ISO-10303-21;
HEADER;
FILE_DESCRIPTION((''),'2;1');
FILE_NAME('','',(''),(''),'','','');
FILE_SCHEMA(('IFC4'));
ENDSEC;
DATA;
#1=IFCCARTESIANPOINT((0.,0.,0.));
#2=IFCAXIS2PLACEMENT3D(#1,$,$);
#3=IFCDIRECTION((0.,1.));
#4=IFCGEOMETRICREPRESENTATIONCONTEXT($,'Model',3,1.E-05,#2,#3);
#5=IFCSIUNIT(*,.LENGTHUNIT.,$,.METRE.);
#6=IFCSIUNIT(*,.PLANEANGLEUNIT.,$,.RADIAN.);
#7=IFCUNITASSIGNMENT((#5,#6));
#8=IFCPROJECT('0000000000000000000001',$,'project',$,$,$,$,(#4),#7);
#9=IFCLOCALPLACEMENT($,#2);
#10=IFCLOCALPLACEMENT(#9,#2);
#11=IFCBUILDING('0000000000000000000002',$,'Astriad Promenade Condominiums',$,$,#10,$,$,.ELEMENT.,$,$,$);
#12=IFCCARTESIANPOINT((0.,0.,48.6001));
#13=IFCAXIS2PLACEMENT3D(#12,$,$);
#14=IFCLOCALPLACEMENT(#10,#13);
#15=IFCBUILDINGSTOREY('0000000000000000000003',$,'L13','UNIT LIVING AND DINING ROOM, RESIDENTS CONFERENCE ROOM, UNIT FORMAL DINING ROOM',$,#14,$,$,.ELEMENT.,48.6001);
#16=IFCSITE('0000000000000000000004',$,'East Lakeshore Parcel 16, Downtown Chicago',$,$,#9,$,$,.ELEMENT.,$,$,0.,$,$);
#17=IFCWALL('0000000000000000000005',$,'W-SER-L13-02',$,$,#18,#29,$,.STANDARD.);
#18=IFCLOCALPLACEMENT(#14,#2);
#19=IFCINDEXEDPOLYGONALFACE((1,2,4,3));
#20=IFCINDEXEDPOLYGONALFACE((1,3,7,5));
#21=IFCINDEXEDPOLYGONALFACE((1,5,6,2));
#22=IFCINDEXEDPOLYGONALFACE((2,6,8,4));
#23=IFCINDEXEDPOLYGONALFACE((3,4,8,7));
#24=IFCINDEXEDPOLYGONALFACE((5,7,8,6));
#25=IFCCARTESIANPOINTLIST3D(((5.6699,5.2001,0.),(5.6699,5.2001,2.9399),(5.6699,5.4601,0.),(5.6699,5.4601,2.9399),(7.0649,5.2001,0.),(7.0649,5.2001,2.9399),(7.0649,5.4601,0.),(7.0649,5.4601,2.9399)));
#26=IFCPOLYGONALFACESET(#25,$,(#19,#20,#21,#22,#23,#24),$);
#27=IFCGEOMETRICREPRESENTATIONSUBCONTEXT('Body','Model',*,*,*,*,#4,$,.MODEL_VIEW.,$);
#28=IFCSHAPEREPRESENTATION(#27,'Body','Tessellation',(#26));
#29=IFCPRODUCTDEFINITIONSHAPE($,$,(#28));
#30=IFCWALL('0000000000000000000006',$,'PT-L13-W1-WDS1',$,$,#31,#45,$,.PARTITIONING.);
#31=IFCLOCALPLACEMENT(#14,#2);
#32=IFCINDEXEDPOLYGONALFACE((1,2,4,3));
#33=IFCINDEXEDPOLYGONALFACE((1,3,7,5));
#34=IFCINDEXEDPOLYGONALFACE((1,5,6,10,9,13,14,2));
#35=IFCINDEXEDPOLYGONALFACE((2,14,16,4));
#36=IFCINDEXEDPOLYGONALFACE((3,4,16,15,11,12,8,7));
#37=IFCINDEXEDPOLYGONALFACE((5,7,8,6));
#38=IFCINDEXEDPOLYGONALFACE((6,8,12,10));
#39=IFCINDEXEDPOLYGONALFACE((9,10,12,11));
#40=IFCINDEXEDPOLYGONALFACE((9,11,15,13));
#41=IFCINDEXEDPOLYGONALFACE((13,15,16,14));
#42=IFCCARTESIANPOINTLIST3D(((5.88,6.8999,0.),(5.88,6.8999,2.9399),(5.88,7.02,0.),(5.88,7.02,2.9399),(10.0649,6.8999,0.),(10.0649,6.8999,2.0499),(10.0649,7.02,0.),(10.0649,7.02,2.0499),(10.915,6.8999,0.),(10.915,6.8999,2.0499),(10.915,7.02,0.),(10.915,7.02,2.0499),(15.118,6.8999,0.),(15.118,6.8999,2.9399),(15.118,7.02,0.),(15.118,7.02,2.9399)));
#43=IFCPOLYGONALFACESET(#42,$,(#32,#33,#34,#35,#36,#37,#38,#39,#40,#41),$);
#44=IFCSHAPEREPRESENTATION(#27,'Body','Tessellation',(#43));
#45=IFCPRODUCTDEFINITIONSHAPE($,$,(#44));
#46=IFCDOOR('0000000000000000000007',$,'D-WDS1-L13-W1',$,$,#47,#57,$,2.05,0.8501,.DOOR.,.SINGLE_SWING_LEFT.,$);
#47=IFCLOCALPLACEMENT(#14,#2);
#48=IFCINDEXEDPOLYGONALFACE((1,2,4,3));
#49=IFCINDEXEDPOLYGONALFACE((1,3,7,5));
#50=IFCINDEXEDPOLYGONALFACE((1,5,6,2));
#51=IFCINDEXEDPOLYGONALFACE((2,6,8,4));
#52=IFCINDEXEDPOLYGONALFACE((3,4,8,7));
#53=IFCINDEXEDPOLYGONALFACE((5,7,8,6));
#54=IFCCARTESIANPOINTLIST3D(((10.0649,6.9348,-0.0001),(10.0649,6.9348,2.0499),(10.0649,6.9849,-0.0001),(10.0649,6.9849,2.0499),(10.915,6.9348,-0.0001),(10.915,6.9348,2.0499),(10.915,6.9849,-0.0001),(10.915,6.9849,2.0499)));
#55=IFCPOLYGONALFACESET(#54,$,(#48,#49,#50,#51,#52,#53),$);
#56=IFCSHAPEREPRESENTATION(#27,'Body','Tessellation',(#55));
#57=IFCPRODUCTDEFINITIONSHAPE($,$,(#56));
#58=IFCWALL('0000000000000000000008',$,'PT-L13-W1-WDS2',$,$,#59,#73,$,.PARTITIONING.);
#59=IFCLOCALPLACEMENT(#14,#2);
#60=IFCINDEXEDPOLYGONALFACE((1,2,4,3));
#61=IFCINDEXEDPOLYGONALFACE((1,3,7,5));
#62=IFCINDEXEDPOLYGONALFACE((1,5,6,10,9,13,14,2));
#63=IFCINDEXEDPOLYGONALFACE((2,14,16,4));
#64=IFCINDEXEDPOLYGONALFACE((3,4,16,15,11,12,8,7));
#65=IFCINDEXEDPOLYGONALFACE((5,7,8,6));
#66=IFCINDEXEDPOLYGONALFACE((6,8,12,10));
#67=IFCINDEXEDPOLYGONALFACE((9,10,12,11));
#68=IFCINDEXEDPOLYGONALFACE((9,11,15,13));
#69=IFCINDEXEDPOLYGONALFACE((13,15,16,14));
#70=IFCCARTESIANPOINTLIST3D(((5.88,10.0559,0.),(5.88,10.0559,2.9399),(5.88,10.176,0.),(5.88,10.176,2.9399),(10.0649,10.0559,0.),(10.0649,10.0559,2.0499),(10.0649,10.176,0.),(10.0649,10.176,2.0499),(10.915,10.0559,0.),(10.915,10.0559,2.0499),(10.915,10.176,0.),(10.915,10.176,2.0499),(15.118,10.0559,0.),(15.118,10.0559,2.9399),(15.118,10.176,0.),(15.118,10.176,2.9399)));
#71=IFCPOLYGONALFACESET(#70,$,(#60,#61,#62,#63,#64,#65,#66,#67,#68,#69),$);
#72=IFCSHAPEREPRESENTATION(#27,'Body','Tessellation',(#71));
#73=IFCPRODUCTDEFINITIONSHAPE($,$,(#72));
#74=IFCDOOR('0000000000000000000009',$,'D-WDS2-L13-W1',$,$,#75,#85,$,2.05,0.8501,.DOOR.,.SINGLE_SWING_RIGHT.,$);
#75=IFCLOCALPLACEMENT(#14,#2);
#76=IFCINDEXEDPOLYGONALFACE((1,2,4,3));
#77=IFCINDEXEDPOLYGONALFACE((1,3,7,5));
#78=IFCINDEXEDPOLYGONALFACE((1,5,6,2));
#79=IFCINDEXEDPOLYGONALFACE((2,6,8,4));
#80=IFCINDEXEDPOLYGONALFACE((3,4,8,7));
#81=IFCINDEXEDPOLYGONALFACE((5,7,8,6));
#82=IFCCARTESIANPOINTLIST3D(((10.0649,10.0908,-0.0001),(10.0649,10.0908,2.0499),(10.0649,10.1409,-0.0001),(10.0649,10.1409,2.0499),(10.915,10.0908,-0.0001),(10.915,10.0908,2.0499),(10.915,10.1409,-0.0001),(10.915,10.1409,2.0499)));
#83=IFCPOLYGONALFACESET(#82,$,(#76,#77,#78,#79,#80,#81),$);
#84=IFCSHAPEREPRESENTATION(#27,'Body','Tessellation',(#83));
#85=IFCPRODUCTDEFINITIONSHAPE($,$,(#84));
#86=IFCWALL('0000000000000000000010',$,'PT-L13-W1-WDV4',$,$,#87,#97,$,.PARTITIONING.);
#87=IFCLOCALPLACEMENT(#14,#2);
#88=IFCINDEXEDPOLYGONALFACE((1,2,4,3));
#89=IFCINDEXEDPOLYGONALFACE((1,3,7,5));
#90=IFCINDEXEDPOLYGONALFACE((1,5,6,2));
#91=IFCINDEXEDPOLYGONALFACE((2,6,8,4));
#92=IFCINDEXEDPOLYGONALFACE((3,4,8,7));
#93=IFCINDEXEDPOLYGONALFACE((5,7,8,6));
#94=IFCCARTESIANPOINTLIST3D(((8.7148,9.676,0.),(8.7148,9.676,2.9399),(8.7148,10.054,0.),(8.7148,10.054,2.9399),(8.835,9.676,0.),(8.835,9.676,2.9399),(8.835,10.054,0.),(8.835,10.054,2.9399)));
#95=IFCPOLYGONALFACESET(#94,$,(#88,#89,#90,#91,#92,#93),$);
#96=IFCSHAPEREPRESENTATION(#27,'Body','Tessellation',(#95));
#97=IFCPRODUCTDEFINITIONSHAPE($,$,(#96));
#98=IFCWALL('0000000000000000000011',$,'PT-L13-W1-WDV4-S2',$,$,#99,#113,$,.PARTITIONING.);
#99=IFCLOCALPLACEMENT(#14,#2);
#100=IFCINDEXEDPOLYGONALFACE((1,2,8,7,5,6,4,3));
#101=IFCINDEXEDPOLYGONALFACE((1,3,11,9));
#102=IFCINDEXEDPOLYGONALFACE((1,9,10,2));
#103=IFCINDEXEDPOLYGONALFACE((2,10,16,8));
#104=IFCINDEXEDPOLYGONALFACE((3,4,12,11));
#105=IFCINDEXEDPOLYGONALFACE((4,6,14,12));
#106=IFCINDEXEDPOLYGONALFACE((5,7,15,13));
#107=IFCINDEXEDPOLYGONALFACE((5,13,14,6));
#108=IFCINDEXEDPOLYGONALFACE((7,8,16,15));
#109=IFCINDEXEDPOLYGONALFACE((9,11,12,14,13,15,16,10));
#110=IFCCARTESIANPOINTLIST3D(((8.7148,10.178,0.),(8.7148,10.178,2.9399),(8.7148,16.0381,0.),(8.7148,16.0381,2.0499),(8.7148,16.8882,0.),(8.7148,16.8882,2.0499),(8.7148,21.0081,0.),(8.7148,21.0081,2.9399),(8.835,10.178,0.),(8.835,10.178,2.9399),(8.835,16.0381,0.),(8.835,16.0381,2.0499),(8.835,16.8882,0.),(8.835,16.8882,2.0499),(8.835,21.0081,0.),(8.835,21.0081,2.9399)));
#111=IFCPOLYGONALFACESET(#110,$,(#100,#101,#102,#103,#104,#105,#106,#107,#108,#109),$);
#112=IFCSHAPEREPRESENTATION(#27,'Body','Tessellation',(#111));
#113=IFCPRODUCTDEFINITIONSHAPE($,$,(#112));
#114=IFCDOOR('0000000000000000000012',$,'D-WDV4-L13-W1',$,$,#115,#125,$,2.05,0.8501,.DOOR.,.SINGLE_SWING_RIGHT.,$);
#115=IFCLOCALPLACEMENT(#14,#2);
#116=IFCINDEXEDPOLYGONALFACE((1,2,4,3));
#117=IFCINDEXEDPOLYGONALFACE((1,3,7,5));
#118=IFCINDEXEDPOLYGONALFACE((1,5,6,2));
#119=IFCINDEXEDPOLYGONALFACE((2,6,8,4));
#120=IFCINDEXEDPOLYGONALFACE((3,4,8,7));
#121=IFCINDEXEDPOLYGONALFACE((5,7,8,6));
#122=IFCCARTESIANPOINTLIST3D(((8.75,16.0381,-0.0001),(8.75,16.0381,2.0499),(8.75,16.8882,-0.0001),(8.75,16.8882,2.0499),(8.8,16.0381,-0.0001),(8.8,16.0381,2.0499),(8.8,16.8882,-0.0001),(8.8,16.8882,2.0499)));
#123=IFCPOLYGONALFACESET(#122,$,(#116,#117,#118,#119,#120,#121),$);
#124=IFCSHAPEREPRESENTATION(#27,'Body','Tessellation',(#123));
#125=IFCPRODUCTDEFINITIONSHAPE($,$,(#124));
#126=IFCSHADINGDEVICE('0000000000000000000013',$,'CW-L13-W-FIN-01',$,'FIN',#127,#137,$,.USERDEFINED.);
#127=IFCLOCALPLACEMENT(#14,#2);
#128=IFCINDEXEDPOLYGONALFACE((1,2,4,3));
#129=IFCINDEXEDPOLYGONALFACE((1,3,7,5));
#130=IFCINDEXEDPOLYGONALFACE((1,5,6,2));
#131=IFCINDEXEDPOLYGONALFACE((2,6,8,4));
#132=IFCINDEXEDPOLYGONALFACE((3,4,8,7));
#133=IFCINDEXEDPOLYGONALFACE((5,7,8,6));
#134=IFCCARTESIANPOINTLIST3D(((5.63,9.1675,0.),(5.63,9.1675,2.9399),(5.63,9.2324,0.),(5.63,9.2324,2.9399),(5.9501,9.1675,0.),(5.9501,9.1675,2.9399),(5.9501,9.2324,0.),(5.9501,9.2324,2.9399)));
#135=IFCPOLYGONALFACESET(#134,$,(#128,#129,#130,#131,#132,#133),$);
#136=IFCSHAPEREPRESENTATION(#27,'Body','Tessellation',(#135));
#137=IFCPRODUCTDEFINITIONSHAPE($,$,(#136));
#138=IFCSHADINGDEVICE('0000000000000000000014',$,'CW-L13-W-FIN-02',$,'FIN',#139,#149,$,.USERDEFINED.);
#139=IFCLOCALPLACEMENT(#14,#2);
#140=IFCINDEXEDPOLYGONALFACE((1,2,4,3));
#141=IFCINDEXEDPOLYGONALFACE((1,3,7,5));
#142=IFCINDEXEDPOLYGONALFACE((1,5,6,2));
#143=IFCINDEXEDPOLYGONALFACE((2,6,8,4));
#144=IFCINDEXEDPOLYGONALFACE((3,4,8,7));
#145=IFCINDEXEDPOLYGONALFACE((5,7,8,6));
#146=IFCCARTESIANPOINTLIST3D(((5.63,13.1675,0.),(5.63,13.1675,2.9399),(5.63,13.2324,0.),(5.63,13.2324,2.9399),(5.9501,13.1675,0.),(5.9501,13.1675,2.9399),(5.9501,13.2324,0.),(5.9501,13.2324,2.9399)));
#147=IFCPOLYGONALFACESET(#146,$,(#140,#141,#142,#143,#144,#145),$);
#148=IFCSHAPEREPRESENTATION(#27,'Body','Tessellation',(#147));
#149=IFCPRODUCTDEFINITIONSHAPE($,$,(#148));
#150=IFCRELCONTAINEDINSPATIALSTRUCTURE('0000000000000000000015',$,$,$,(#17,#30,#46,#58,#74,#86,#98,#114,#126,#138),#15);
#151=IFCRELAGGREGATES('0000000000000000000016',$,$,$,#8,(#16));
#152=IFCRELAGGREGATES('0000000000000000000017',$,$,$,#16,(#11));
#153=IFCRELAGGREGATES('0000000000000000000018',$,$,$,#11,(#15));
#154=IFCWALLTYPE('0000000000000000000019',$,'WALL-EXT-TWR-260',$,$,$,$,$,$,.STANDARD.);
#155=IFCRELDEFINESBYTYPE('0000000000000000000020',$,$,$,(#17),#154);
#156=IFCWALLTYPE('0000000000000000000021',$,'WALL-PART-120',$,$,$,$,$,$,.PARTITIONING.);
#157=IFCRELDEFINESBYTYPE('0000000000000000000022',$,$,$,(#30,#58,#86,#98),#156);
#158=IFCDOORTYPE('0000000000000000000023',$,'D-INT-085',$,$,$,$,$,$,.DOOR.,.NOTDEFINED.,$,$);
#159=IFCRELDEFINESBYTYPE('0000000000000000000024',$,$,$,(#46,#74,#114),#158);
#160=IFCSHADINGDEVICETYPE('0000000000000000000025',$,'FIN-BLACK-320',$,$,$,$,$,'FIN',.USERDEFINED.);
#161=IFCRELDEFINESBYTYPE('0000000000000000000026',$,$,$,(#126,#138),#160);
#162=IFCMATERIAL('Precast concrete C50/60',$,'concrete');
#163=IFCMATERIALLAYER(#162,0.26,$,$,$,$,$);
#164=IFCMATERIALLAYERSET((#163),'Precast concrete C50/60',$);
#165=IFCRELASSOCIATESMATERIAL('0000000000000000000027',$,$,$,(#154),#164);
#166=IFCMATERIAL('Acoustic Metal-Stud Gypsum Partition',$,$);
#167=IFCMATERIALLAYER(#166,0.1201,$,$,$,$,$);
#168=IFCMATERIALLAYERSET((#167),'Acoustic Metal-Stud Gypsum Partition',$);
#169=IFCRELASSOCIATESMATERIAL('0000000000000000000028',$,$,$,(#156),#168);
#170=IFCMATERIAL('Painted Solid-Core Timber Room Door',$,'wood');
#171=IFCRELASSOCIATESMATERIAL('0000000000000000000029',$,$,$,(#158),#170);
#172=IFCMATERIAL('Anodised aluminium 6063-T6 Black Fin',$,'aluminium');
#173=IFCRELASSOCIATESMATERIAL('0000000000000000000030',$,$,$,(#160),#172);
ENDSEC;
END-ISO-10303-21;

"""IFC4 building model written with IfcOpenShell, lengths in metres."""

from ifc_helpers import new_model, si_unit, direction, frame, frame_2d, origin, origin_2d, place, context, subcontext, project, spatial, rectangle, extrude, source, transform, mapped, material, layer, layer_set, type_object, type_shapes, element, fill, save


model = new_model("IFC4")

# Units and contexts
model_context = context("Model", 3, precision=1e-05, world=origin(), true_north=direction((0.0, 1.0)))
body_context = subcontext(model_context, "Body", "Model", "MODEL_VIEW")
ifc_project = project(units=[si_unit("LENGTHUNIT", "METRE"), si_unit("PLANEANGLEUNIT", "RADIAN")], contexts=[model_context])

# Site, building, storey
site_placement = place(None, origin())
site = spatial("IfcSite", under=ifc_project, at=site_placement, Name="East Lakeshore Parcel 16, Downtown Chicago", CompositionType="ELEMENT", RefElevation=0.0)
building_placement = place(site_placement, origin())
building = spatial("IfcBuilding", under=site, at=building_placement, Name="Astriad Promenade Condominiums", CompositionType="ELEMENT")
storey_placement = place(building_placement, frame((0.0, 0.0, 48.6001)))
storey = spatial("IfcBuildingStorey", under=building, at=storey_placement, Name="L13", Description="UNIT LIVING AND DINING ROOM, RESIDENTS CONFERENCE ROOM, UNIT FORMAL DINING ROOM", CompositionType="ELEMENT", Elevation=48.6001)

# Wall
ifc_material_1 = material(Name="Precast concrete C50/60", Category="concrete")
ifc_layer_1 = layer(ifc_material_1, 0.26)
ifc_layer_set_1 = layer_set([ifc_layer_1], Name="Precast concrete C50/60")
wall_type_1 = type_object("IfcWallType", Name="WALL-EXT-TWR-260", PredefinedType="STANDARD", material=ifc_layer_set_1)
wall_1_placement = place(storey_placement, frame((7.0649, 5.3301, 0.0), z_axis=(0.0, 0.0, 1.0), x_axis=(-1.0, 0.0, 0.0)))
element("IfcWall", 1, at=wall_1_placement, inside=storey, type_object=wall_type_1, Name="W-SER-L13-02", PredefinedType="STANDARD", context=body_context, shape_type="SweptSolid", body=[
    extrude(rectangle(XDim=1.395, YDim=0.26, at=frame_2d((0.6975, 0.0))), origin(), (0.0, 0.0, 1.0), 2.9399),
])

# Walls, openings, doors
ifc_material_2 = material(Name="Acoustic Metal-Stud Gypsum Partition")
ifc_layer_2 = layer(ifc_material_2, 0.1201)
ifc_layer_set_2 = layer_set([ifc_layer_2], Name="Acoustic Metal-Stud Gypsum Partition")
wall_type_2 = type_object("IfcWallType", Name="WALL-PART-120", PredefinedType="PARTITIONING", material=ifc_layer_set_2)
wall_2_placement = place(storey_placement, frame((5.8799, 6.96, 0.0), z_axis=(0.0, 0.0, 1.0), x_axis=(1.0, 0.0, 0.0)))
wall_2 = element("IfcWall", 2, at=wall_2_placement, inside=storey, type_object=wall_type_2, Name="PT-L13-W1-WDS1", PredefinedType="PARTITIONING", context=body_context, shape_type="SweptSolid", body=[
    extrude(rectangle(XDim=9.238, YDim=0.1201, at=frame_2d((4.6191, 0.0))), origin(), (0.0, 0.0, 1.0), 2.9399),
])
opening_1_placement = place(wall_2_placement, frame((4.1851, 0.0, 0.0)))
opening_1 = element("IfcOpeningElement", 3, at=opening_1_placement, cuts=wall_2, PredefinedType="OPENING", context=body_context, shape_type="SweptSolid", body=[
    extrude(rectangle(XDim=0.8501, YDim=2.05, at=frame_2d((0.425, 1.0249))), frame((0.0, 0.0701, 0.0), z_axis=(0.0, -1.0, 0.0), x_axis=(1.0, 0.0, 0.0)), (0.0, 0.0, 1.0), 0.1401),
])
ifc_material_3 = material(Name="Painted Solid-Core Timber Room Door", Category="wood")
door_type = type_object("IfcDoorType", Name="D-INT-085", OperationType="NOTDEFINED", PredefinedType="DOOR", material=ifc_material_3)
shared_shape_1 = source(origin(), body_context, "Body", "SweptSolid", [
    extrude(rectangle(XDim=0.8501, YDim=2.05, at=frame_2d((0.425, 1.0249))), frame((0.0, 0.0249, 0.0), z_axis=(0.0, -1.0, 0.0), x_axis=(1.0, 0.0, 0.0)), (0.0, 0.0, 1.0), 0.05),
])
type_shapes(door_type, [shared_shape_1])
door_1_placement = place(opening_1_placement, origin())
door_1 = element("IfcDoor", 4, at=door_1_placement, inside=storey, type_object=door_type, Name="D-WDS1-L13-W1", OperationType="SINGLE_SWING_LEFT", OverallHeight=2.05, OverallWidth=0.8501, PredefinedType="DOOR", context=body_context, shape_type="MappedRepresentation", body=[
    mapped(shared_shape_1, transform((0.0, 0.0, 0.0), scale=1.0)),
])
fill(opening_1, door_1)
wall_3_placement = place(storey_placement, frame((5.8799, 10.116, 0.0), z_axis=(0.0, 0.0, 1.0), x_axis=(1.0, 0.0, 0.0)))
wall_3 = element("IfcWall", 5, at=wall_3_placement, inside=storey, type_object=wall_type_2, Name="PT-L13-W1-WDS2", PredefinedType="PARTITIONING", context=body_context, shape_type="SweptSolid", body=[
    extrude(rectangle(XDim=9.238, YDim=0.1201, at=frame_2d((4.6191, 0.0))), origin(), (0.0, 0.0, 1.0), 2.9399),
])
opening_2_placement = place(wall_3_placement, frame((4.1851, 0.0, 0.0)))
opening_2 = element("IfcOpeningElement", 6, at=opening_2_placement, cuts=wall_3, PredefinedType="OPENING", context=body_context, shape_type="SweptSolid", body=[
    extrude(rectangle(XDim=0.8501, YDim=2.05, at=frame_2d((0.425, 1.0249))), frame((0.0, 0.0701, 0.0), z_axis=(0.0, -1.0, 0.0), x_axis=(1.0, 0.0, 0.0)), (0.0, 0.0, 1.0), 0.1401),
])
door_2_placement = place(opening_2_placement, origin())
door_2 = element("IfcDoor", 7, at=door_2_placement, inside=storey, type_object=door_type, Name="D-WDS2-L13-W1", OperationType="SINGLE_SWING_RIGHT", OverallHeight=2.05, OverallWidth=0.8501, PredefinedType="DOOR", context=body_context, shape_type="MappedRepresentation", body=[
    mapped(shared_shape_1, transform((0.0, 0.0, 0.0), scale=1.0)),
])
fill(opening_2, door_2)

# Wall
wall_4_placement = place(storey_placement, frame((8.7749, 9.676, 0.0), z_axis=(0.0, 0.0, 1.0), x_axis=(0.0, 1.0, 0.0)))
element("IfcWall", 8, at=wall_4_placement, inside=storey, type_object=wall_type_2, Name="PT-L13-W1-WDV4", PredefinedType="PARTITIONING", context=body_context, shape_type="SweptSolid", body=[
    extrude(rectangle(XDim=0.3779, YDim=0.1201, at=frame_2d((0.189, 0.0))), origin(), (0.0, 0.0, 1.0), 2.9399),
])

# Wall, opening, door
wall_5_placement = place(storey_placement, frame((8.7749, 10.178, 0.0), z_axis=(0.0, 0.0, 1.0), x_axis=(0.0, 1.0, 0.0)))
wall_5 = element("IfcWall", 9, at=wall_5_placement, inside=storey, type_object=wall_type_2, Name="PT-L13-W1-WDV4-S2", PredefinedType="PARTITIONING", context=body_context, shape_type="SweptSolid", body=[
    extrude(rectangle(XDim=10.8301, YDim=0.1201, at=frame_2d((5.415, 0.0))), origin(), (0.0, 0.0, 1.0), 2.9399),
])
opening_3_placement = place(wall_5_placement, frame((5.8601, 0.0, 0.0)))
opening_3 = element("IfcOpeningElement", 10, at=opening_3_placement, cuts=wall_5, PredefinedType="OPENING", context=body_context, shape_type="SweptSolid", body=[
    extrude(rectangle(XDim=0.8501, YDim=2.05, at=frame_2d((0.425, 1.0249))), frame((0.0, 0.0701, 0.0), z_axis=(0.0, -1.0, 0.0), x_axis=(1.0, 0.0, 0.0)), (0.0, 0.0, 1.0), 0.1401),
])
door_3_placement = place(opening_3_placement, origin())
door_3 = element("IfcDoor", 11, at=door_3_placement, inside=storey, type_object=door_type, Name="D-WDV4-L13-W1", OperationType="SINGLE_SWING_RIGHT", OverallHeight=2.05, OverallWidth=0.8501, PredefinedType="DOOR", context=body_context, shape_type="MappedRepresentation", body=[
    mapped(shared_shape_1, transform((0.0, 0.0, 0.0), scale=1.0)),
])
fill(opening_3, door_3)

# Shading devices
ifc_material_4 = material(Name="Anodised aluminium 6063-T6 Black Fin", Category="aluminium")
shading_device_type = type_object("IfcShadingDeviceType", Name="FIN-BLACK-320", ElementType="FIN", PredefinedType="USERDEFINED", material=ifc_material_4)
shared_shape_2 = source(origin(), body_context, "Body", "SweptSolid", [
    extrude(rectangle(XDim=0.0649, YDim=0.3201, at=origin_2d()), origin(), (0.0, 0.0, 1.0), 2.9399),
])
type_shapes(shading_device_type, [shared_shape_2])
for number, where, z_axis, x_axis, name in (
    (12, (5.79, 9.2, 0.0), (0.0, 0.0, 1.0), (0.0, 1.0, 0.0), "CW-L13-W-FIN-01"),
    (13, (5.79, 13.2, 0.0), (0.0, 0.0, 1.0), (0.0, 1.0, 0.0), "CW-L13-W-FIN-02"),
):
    element("IfcShadingDevice", number, at=place(storey_placement, frame(where, z_axis=z_axis, x_axis=x_axis)), inside=storey, type_object=shading_device_type, Name=name, ObjectType="FIN", PredefinedType="USERDEFINED", context=body_context, shape_type="MappedRepresentation", body=[
        mapped(shared_shape_2, transform((0.0, 0.0, 0.0), scale=1.0)),
    ])

save(model, "model.ifc")
